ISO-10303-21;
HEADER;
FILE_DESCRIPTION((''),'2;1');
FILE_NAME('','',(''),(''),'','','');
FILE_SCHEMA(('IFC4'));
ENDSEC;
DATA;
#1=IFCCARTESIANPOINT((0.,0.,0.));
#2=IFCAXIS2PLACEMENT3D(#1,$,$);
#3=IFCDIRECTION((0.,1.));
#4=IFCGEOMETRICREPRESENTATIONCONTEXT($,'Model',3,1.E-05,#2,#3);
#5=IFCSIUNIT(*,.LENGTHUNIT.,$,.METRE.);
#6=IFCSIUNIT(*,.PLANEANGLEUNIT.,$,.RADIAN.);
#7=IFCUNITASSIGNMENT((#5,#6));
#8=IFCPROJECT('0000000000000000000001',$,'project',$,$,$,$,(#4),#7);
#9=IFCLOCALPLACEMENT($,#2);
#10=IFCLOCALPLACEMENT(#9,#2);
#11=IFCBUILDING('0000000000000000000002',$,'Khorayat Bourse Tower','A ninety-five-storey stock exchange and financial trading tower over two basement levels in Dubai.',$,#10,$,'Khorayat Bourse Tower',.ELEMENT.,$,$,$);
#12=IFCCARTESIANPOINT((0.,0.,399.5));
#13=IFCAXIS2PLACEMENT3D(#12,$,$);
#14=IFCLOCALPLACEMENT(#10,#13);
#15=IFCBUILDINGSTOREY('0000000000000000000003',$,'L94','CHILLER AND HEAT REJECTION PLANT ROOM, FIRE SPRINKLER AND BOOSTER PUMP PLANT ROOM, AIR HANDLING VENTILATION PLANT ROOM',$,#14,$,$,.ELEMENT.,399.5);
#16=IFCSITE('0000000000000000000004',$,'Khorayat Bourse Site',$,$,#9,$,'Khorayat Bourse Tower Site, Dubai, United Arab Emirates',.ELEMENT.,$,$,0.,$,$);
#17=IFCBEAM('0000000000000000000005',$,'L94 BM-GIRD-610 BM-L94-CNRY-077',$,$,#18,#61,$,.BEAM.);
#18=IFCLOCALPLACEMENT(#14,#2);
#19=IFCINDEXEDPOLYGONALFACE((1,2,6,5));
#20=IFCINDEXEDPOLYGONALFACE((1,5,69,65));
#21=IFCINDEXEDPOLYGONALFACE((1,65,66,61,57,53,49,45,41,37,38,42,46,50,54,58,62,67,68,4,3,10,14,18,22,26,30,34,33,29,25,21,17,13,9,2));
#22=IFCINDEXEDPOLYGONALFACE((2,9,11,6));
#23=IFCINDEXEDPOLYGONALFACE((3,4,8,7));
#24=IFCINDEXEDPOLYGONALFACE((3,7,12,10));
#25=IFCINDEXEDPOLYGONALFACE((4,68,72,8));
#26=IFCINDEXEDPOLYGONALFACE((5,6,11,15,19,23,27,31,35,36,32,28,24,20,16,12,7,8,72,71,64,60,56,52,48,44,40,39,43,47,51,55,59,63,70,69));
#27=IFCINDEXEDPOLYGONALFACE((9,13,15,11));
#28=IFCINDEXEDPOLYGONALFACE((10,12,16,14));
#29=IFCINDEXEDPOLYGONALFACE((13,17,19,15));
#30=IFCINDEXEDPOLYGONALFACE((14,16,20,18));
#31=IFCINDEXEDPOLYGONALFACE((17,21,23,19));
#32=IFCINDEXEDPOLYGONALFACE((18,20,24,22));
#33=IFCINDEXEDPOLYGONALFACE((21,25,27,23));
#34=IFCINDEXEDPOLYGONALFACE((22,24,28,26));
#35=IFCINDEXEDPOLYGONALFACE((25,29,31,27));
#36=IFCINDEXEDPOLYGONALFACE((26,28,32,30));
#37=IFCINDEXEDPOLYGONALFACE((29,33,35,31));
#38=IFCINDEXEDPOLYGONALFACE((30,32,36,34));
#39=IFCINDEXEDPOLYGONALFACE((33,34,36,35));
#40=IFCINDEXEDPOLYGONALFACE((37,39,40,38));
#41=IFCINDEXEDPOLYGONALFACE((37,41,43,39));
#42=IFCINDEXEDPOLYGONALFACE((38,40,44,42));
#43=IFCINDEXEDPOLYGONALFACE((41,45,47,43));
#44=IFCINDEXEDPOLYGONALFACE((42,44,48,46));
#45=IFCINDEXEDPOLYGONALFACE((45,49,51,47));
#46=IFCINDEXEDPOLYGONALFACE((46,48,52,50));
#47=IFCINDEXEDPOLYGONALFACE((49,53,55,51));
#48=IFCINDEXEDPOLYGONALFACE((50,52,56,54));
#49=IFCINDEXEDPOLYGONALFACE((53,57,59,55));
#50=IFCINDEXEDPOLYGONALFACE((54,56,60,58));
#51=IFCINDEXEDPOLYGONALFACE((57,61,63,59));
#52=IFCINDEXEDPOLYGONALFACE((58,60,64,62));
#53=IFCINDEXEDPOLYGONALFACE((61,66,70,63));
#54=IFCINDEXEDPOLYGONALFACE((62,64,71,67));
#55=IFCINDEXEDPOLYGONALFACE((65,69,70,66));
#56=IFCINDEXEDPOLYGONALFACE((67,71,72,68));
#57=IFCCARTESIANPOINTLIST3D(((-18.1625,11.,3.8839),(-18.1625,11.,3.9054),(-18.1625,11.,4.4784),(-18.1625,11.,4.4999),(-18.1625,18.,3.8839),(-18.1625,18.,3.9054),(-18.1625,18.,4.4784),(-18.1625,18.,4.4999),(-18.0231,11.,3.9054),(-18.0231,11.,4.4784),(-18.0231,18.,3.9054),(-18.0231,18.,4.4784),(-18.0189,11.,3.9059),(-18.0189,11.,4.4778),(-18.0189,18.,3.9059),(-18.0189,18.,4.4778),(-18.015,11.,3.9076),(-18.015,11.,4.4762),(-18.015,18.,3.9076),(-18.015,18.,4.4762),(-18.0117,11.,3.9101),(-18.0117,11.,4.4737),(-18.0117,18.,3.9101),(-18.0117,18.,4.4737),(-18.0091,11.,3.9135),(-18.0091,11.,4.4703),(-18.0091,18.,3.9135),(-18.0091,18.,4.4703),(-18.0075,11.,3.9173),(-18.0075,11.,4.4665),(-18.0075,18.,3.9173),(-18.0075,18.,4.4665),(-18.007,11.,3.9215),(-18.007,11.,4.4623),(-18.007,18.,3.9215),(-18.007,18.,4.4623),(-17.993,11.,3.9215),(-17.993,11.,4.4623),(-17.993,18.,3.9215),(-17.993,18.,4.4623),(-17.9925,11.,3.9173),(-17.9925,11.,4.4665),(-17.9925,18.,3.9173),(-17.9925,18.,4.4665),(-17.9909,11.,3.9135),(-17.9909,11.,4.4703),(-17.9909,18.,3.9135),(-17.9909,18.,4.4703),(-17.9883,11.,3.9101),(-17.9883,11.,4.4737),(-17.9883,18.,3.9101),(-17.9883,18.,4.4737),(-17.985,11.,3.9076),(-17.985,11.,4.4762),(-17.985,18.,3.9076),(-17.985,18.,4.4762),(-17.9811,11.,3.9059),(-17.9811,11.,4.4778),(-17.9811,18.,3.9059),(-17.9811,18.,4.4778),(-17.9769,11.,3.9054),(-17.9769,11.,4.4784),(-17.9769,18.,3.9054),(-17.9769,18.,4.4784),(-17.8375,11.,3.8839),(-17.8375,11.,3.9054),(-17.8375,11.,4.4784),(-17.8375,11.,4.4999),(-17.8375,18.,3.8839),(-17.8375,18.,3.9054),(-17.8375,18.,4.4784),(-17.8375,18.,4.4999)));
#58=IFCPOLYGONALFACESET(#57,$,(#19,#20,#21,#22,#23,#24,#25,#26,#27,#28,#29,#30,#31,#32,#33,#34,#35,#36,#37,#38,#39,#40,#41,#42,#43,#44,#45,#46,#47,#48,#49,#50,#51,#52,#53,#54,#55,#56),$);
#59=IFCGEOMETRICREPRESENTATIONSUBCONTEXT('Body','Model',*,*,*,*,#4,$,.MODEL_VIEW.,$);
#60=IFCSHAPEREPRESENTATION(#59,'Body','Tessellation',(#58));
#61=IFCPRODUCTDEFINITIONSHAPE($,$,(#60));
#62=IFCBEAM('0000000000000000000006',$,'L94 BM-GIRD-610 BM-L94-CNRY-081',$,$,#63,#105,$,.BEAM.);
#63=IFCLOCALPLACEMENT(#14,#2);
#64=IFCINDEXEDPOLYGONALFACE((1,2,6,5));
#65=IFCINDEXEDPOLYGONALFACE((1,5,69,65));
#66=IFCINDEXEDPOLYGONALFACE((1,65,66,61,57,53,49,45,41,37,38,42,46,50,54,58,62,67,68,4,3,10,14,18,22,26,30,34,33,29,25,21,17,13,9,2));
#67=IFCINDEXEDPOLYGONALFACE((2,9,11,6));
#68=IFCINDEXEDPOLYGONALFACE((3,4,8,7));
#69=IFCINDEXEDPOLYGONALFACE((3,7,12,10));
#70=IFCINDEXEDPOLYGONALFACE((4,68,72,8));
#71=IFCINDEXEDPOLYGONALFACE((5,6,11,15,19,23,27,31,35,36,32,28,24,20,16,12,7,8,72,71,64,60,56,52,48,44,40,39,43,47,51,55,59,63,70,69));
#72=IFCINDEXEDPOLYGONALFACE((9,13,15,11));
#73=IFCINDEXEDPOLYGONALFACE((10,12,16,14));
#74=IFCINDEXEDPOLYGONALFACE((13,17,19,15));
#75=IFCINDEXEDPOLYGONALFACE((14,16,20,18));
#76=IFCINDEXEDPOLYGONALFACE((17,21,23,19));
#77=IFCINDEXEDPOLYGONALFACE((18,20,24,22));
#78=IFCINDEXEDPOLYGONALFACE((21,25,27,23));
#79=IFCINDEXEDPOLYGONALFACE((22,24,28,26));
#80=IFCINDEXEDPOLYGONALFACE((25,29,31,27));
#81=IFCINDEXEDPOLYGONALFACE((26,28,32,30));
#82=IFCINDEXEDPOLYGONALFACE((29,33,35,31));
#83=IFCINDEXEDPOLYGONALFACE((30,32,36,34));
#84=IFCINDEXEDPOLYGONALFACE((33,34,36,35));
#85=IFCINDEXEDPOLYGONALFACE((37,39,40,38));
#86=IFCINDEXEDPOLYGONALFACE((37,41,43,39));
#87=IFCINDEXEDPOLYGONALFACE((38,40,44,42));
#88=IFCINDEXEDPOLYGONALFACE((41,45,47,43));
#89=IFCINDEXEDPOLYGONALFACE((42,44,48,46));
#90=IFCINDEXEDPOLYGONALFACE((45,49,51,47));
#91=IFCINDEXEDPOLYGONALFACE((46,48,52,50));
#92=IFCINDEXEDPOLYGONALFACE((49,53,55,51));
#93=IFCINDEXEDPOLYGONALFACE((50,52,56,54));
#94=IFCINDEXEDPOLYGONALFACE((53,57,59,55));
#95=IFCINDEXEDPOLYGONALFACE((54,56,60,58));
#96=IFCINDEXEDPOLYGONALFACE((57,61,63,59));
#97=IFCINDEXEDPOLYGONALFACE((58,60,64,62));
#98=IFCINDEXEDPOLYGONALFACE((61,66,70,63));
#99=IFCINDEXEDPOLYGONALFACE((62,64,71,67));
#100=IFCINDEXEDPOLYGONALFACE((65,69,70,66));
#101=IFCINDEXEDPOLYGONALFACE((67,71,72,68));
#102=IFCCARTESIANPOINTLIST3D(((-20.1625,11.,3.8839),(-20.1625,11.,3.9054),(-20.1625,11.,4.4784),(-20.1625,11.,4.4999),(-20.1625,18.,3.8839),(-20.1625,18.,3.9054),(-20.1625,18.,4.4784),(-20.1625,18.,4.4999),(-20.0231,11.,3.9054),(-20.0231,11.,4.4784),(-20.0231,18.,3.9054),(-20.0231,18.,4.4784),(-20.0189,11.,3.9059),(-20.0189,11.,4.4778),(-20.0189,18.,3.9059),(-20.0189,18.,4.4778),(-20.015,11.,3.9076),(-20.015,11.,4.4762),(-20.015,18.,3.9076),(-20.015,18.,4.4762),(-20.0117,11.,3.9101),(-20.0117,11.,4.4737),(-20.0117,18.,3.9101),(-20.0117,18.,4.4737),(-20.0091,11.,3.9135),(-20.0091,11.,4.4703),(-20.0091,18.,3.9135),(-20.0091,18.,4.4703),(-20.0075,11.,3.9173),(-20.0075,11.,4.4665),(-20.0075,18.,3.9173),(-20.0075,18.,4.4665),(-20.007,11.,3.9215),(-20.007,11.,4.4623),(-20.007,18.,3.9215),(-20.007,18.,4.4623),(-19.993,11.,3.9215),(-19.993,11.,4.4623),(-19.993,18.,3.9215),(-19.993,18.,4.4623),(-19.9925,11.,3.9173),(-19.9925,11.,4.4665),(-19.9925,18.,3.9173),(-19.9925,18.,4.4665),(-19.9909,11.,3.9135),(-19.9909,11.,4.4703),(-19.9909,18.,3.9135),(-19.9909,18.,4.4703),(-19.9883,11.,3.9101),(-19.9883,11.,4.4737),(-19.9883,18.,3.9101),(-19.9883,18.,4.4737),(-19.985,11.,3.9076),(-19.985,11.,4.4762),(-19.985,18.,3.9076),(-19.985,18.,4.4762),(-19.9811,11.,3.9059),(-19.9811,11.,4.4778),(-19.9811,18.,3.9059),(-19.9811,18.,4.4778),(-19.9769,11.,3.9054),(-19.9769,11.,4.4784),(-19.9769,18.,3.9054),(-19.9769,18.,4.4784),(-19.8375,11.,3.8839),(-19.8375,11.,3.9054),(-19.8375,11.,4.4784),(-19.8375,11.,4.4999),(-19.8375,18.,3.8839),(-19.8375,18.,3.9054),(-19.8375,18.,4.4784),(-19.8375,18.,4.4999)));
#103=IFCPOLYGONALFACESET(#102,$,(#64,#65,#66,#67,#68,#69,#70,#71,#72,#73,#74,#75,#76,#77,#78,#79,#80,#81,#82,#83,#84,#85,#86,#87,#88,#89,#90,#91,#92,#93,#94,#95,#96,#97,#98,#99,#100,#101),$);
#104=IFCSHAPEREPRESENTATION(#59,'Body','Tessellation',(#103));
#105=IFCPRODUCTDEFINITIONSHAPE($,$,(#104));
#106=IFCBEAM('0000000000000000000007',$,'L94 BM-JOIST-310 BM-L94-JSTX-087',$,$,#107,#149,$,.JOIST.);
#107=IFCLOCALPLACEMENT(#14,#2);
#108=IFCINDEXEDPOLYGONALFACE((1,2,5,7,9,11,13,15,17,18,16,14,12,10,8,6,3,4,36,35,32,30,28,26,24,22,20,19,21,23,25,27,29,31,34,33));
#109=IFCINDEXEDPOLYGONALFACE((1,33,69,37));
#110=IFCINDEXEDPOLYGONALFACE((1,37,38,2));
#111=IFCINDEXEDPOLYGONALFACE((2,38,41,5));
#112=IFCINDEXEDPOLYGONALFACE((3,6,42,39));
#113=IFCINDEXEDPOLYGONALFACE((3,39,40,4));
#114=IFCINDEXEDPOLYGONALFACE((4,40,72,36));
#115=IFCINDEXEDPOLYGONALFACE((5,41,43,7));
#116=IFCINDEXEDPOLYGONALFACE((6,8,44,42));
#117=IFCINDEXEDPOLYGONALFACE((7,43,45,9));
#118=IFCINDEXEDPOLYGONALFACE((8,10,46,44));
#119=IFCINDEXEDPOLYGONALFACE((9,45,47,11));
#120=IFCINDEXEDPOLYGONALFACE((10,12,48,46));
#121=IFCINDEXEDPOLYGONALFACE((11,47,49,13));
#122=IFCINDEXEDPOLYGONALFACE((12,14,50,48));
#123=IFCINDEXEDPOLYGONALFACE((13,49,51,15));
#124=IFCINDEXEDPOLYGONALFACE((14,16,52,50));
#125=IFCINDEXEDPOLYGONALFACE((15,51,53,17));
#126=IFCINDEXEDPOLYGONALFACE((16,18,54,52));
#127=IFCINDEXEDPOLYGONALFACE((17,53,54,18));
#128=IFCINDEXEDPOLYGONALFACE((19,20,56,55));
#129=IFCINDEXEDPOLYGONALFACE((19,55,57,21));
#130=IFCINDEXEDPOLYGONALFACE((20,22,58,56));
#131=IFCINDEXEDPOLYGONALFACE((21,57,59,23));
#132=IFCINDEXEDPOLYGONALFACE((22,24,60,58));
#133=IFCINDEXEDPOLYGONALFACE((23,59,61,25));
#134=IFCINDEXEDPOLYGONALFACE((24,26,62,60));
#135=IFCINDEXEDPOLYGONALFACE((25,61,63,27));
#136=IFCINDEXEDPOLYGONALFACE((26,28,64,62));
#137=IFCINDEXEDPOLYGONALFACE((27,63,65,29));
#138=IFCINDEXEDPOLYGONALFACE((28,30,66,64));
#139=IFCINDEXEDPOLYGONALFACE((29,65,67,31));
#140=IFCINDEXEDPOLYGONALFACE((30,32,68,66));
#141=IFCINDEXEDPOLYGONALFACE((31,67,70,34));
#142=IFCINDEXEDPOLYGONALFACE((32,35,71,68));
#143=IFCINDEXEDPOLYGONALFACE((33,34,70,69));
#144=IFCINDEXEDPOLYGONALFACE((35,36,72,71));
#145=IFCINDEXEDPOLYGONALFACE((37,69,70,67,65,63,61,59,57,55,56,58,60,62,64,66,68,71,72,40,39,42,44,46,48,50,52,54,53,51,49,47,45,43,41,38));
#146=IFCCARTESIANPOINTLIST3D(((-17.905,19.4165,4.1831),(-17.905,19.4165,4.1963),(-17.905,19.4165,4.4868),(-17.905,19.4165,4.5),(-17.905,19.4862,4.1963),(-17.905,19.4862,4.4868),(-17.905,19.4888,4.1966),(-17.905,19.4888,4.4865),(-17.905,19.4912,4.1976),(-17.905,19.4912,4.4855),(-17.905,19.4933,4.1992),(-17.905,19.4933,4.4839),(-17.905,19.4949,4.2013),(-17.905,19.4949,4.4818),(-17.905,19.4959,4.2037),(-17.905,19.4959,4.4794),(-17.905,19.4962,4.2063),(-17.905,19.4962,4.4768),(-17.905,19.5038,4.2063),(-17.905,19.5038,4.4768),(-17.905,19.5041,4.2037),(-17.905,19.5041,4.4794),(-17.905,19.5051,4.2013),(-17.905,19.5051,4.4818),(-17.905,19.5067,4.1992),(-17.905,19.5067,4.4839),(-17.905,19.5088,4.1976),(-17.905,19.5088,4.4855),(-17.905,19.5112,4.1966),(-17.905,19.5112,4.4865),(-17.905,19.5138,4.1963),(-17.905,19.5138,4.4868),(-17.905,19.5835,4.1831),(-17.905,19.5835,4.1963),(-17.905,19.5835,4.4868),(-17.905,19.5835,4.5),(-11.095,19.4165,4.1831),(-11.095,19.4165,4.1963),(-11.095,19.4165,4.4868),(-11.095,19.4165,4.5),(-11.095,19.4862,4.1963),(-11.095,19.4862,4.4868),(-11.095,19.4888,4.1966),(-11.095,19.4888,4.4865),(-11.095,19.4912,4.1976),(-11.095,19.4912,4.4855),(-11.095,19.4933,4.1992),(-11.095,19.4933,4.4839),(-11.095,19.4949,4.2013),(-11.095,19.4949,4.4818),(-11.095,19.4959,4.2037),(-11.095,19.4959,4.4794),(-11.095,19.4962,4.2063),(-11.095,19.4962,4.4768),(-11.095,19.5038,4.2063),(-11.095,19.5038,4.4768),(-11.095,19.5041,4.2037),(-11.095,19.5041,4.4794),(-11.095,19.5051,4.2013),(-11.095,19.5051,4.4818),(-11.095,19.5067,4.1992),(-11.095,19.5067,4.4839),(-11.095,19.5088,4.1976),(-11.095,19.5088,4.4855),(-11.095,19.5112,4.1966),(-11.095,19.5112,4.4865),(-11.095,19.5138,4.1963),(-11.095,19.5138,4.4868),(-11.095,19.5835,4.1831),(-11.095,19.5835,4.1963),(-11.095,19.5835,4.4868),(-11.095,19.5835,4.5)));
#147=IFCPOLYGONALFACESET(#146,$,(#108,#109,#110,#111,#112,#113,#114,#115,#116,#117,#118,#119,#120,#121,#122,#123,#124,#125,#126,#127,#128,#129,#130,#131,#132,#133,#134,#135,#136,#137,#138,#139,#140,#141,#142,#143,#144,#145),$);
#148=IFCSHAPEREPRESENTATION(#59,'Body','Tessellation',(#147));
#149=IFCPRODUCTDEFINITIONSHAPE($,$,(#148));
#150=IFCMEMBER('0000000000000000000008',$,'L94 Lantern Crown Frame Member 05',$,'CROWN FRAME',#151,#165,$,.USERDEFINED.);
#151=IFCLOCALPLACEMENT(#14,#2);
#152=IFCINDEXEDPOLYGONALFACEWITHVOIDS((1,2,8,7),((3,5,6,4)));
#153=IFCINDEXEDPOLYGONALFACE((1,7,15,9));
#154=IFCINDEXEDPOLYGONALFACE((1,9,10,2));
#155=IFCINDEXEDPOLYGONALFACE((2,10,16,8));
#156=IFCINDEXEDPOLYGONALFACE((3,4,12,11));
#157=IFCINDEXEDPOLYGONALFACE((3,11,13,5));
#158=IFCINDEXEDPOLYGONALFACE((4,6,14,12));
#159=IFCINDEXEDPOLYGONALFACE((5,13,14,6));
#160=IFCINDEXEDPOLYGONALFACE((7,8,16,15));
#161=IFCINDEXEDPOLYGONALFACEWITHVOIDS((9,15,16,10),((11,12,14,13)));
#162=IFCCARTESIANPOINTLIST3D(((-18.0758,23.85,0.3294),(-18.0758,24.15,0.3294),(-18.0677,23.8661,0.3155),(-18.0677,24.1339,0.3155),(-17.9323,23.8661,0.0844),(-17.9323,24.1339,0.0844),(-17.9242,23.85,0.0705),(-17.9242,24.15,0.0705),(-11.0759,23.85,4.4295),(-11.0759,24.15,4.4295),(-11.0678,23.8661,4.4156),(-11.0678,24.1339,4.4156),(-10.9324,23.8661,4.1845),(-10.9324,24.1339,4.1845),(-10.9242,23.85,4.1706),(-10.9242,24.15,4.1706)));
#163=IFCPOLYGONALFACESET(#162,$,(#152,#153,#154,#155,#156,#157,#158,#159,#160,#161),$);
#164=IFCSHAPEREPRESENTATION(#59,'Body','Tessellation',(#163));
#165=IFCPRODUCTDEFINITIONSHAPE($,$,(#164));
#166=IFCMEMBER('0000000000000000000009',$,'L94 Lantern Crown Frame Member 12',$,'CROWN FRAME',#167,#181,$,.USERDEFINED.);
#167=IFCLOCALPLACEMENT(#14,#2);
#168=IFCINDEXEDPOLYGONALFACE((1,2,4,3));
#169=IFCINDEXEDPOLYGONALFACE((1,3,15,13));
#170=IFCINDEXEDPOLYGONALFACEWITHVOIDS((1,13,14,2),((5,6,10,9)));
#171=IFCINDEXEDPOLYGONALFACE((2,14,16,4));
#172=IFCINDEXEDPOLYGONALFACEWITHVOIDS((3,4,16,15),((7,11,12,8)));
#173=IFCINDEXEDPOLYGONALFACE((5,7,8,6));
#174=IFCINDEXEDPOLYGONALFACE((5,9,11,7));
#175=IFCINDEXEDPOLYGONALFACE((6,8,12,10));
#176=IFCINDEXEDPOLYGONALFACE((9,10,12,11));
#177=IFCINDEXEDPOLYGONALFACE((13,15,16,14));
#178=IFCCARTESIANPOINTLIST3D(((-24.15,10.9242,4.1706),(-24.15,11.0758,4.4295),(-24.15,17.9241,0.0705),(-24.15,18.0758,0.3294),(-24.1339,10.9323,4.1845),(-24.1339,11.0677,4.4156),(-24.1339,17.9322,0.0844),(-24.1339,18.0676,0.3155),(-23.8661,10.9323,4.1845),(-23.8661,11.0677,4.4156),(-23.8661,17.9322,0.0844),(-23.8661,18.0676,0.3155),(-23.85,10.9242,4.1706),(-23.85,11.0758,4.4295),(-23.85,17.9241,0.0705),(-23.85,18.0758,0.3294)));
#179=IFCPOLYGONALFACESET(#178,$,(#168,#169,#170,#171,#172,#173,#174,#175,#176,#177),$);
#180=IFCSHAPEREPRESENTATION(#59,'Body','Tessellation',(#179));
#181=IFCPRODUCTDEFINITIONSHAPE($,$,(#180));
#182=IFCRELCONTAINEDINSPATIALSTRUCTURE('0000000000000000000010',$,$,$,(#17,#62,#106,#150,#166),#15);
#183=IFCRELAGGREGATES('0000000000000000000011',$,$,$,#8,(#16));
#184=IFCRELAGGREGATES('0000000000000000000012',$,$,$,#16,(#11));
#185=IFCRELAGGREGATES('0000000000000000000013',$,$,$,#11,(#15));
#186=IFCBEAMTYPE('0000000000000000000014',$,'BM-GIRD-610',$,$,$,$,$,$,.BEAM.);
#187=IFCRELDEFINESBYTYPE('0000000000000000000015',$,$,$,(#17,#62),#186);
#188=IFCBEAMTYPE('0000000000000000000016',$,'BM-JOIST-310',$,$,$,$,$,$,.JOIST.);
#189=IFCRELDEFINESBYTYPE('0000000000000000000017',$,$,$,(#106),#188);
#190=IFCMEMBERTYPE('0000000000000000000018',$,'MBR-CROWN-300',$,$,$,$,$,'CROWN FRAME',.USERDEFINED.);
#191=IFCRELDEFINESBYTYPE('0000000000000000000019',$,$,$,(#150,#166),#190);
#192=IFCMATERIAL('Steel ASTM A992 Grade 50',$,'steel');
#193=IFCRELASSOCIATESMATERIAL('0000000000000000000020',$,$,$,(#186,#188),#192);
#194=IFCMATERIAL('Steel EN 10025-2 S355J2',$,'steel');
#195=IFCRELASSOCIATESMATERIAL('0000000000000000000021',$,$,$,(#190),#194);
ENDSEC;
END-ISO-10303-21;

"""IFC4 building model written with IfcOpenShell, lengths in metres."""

from ifc_helpers import new_model, si_unit, direction, frame, origin, origin_2d, place, context, subcontext, project, spatial, hollow_rectangle, i_section, extrude, source, transform, mapped, material, material_profile, profile_set, type_object, element, save


model = new_model("IFC4")

# Units and contexts
model_context = context("Model", 3, precision=1e-05, world=origin(), true_north=direction((0.0, 1.0)))
body_context = subcontext(model_context, "Body", "Model", "MODEL_VIEW")
ifc_project = project(units=[si_unit("LENGTHUNIT", "METRE"), si_unit("PLANEANGLEUNIT", "RADIAN")], contexts=[model_context])

# Site, building, storey
site_placement = place(None, origin())
site = spatial("IfcSite", under=ifc_project, at=site_placement, Name="Khorayat Bourse Site", LongName="Khorayat Bourse Tower Site, Dubai, United Arab Emirates", CompositionType="ELEMENT", RefElevation=0.0)
building_placement = place(site_placement, origin())
building = spatial("IfcBuilding", under=site, at=building_placement, Name="Khorayat Bourse Tower", Description="A ninety-five-storey stock exchange and financial trading tower over two basement levels in Dubai.", LongName="Khorayat Bourse Tower", CompositionType="ELEMENT")
storey_placement = place(building_placement, frame((0.0, 0.0, 399.5)))
storey = spatial("IfcBuildingStorey", under=building, at=storey_placement, Name="L94", Description="CHILLER AND HEAT REJECTION PLANT ROOM, FIRE SPRINKLER AND BOOSTER PUMP PLANT ROOM, AIR HANDLING VENTILATION PLANT ROOM", CompositionType="ELEMENT", Elevation=399.5)

# Shared definitions
ifc_material_1 = material(Name="Steel EN 10025-2 S355J2", Category="steel")

# Beams
ifc_material_2 = material(Name="Steel ASTM A992 Grade 50", Category="steel")
ifc_material_profile_1 = material_profile(ifc_material_2, i_section(OverallWidth=0.325, OverallDepth=0.616, WebThickness=0.0139, FlangeThickness=0.0215, FilletRadius=0.0161, at=origin_2d()), Name="W610X174")
ifc_profile_set_1 = profile_set([ifc_material_profile_1], Name="Steel ASTM A992 Grade 50")
beam_type_1 = type_object("IfcBeamType", Name="BM-GIRD-610", PredefinedType="BEAM", material=ifc_profile_set_1)
shared_shape_1 = source(origin(), body_context, "Body", "SweptSolid", [
    extrude(i_section(OverallWidth=0.325, OverallDepth=0.616, WebThickness=0.0139, FlangeThickness=0.0215, FilletRadius=0.0161, at=origin_2d()), origin(), (0.0, 0.0, 1.0), 7.0),
])
for number, where, z_axis, x_axis, name in (
    (1, (-18.0, 11.0, 4.1919), (0.0, 1.0, 0.0), (-1.0, 0.0, 0.0), "L94 BM-GIRD-610 BM-L94-CNRY-077"),
    (2, (-20.0, 11.0, 4.1919), (0.0, 1.0, 0.0), (-1.0, 0.0, 0.0), "L94 BM-GIRD-610 BM-L94-CNRY-081"),
):
    element("IfcBeam", number, at=place(storey_placement, frame(where, z_axis=z_axis, x_axis=x_axis)), inside=storey, type_object=beam_type_1, Name=name, PredefinedType="BEAM", context=body_context, shape_type="MappedRepresentation", body=[
        mapped(shared_shape_1, transform((0.0, 0.0, 0.0), scale=1.0)),
    ])
ifc_material_profile_2 = material_profile(ifc_material_2, i_section(OverallWidth=0.167, OverallDepth=0.3169, WebThickness=0.0076, FlangeThickness=0.0132, FilletRadius=0.01, at=origin_2d()), Name="W310X52")
ifc_profile_set_2 = profile_set([ifc_material_profile_2], Name="Steel ASTM A992 Grade 50")
beam_type_2 = type_object("IfcBeamType", Name="BM-JOIST-310", PredefinedType="JOIST", material=ifc_profile_set_2)
shared_shape_2 = source(origin(), body_context, "Body", "SweptSolid", [
    extrude(i_section(OverallWidth=0.167, OverallDepth=0.3169, WebThickness=0.0076, FlangeThickness=0.0132, FilletRadius=0.01, at=origin_2d()), origin(), (0.0, 0.0, 1.0), 6.8101),
])
beam_1_placement = place(storey_placement, frame((-17.905, 19.5, 4.3416), z_axis=(1.0, 0.0, 0.0), x_axis=(0.0, 1.0, 0.0)))
element("IfcBeam", 3, at=beam_1_placement, inside=storey, type_object=beam_type_2, Name="L94 BM-JOIST-310 BM-L94-JSTX-087", PredefinedType="JOIST", context=body_context, shape_type="MappedRepresentation", body=[
    mapped(shared_shape_2, transform((0.0, 0.0, 0.0), scale=1.0)),
])

# Members
ifc_material_profile_3 = material_profile(ifc_material_1, hollow_rectangle(XDim=0.3, YDim=0.3, WallThickness=0.0161, at=origin_2d()), Name="HSS 300x300x16")
ifc_profile_set_3 = profile_set([ifc_material_profile_3], Name="Steel EN 10025-2 S355J2")
member_type_1 = type_object("IfcMemberType", Name="MBR-CROWN-300", ElementType="CROWN FRAME", PredefinedType="USERDEFINED", material=ifc_profile_set_3)
shared_shape_3 = source(origin(), body_context, "Body", "SweptSolid", [
    extrude(hollow_rectangle(XDim=0.3, YDim=0.3, WallThickness=0.0161, at=origin_2d()), origin(), (0.0, 0.0, 1.0), 8.1123),
])
for number, where, z_axis, x_axis, name in (
    (4, (-18.0, 24.0, 0.2), (0.862878, 0.0, 0.505412), (0.0, 1.0, 0.0), "L94 Lantern Crown Frame Member 05"),
    (5, (-24.0, 11.0, 4.3), (0.0, 0.862878, -0.505412), (-1.0, 0.0, 0.0), "L94 Lantern Crown Frame Member 12"),
):
    element("IfcMember", number, at=place(storey_placement, frame(where, z_axis=z_axis, x_axis=x_axis)), inside=storey, type_object=member_type_1, Name=name, ObjectType="CROWN FRAME", PredefinedType="USERDEFINED", context=body_context, shape_type="MappedRepresentation", body=[
        mapped(shared_shape_3, transform((0.0, 0.0, 0.0), scale=1.0)),
    ])

save(model, "model.ifc")
